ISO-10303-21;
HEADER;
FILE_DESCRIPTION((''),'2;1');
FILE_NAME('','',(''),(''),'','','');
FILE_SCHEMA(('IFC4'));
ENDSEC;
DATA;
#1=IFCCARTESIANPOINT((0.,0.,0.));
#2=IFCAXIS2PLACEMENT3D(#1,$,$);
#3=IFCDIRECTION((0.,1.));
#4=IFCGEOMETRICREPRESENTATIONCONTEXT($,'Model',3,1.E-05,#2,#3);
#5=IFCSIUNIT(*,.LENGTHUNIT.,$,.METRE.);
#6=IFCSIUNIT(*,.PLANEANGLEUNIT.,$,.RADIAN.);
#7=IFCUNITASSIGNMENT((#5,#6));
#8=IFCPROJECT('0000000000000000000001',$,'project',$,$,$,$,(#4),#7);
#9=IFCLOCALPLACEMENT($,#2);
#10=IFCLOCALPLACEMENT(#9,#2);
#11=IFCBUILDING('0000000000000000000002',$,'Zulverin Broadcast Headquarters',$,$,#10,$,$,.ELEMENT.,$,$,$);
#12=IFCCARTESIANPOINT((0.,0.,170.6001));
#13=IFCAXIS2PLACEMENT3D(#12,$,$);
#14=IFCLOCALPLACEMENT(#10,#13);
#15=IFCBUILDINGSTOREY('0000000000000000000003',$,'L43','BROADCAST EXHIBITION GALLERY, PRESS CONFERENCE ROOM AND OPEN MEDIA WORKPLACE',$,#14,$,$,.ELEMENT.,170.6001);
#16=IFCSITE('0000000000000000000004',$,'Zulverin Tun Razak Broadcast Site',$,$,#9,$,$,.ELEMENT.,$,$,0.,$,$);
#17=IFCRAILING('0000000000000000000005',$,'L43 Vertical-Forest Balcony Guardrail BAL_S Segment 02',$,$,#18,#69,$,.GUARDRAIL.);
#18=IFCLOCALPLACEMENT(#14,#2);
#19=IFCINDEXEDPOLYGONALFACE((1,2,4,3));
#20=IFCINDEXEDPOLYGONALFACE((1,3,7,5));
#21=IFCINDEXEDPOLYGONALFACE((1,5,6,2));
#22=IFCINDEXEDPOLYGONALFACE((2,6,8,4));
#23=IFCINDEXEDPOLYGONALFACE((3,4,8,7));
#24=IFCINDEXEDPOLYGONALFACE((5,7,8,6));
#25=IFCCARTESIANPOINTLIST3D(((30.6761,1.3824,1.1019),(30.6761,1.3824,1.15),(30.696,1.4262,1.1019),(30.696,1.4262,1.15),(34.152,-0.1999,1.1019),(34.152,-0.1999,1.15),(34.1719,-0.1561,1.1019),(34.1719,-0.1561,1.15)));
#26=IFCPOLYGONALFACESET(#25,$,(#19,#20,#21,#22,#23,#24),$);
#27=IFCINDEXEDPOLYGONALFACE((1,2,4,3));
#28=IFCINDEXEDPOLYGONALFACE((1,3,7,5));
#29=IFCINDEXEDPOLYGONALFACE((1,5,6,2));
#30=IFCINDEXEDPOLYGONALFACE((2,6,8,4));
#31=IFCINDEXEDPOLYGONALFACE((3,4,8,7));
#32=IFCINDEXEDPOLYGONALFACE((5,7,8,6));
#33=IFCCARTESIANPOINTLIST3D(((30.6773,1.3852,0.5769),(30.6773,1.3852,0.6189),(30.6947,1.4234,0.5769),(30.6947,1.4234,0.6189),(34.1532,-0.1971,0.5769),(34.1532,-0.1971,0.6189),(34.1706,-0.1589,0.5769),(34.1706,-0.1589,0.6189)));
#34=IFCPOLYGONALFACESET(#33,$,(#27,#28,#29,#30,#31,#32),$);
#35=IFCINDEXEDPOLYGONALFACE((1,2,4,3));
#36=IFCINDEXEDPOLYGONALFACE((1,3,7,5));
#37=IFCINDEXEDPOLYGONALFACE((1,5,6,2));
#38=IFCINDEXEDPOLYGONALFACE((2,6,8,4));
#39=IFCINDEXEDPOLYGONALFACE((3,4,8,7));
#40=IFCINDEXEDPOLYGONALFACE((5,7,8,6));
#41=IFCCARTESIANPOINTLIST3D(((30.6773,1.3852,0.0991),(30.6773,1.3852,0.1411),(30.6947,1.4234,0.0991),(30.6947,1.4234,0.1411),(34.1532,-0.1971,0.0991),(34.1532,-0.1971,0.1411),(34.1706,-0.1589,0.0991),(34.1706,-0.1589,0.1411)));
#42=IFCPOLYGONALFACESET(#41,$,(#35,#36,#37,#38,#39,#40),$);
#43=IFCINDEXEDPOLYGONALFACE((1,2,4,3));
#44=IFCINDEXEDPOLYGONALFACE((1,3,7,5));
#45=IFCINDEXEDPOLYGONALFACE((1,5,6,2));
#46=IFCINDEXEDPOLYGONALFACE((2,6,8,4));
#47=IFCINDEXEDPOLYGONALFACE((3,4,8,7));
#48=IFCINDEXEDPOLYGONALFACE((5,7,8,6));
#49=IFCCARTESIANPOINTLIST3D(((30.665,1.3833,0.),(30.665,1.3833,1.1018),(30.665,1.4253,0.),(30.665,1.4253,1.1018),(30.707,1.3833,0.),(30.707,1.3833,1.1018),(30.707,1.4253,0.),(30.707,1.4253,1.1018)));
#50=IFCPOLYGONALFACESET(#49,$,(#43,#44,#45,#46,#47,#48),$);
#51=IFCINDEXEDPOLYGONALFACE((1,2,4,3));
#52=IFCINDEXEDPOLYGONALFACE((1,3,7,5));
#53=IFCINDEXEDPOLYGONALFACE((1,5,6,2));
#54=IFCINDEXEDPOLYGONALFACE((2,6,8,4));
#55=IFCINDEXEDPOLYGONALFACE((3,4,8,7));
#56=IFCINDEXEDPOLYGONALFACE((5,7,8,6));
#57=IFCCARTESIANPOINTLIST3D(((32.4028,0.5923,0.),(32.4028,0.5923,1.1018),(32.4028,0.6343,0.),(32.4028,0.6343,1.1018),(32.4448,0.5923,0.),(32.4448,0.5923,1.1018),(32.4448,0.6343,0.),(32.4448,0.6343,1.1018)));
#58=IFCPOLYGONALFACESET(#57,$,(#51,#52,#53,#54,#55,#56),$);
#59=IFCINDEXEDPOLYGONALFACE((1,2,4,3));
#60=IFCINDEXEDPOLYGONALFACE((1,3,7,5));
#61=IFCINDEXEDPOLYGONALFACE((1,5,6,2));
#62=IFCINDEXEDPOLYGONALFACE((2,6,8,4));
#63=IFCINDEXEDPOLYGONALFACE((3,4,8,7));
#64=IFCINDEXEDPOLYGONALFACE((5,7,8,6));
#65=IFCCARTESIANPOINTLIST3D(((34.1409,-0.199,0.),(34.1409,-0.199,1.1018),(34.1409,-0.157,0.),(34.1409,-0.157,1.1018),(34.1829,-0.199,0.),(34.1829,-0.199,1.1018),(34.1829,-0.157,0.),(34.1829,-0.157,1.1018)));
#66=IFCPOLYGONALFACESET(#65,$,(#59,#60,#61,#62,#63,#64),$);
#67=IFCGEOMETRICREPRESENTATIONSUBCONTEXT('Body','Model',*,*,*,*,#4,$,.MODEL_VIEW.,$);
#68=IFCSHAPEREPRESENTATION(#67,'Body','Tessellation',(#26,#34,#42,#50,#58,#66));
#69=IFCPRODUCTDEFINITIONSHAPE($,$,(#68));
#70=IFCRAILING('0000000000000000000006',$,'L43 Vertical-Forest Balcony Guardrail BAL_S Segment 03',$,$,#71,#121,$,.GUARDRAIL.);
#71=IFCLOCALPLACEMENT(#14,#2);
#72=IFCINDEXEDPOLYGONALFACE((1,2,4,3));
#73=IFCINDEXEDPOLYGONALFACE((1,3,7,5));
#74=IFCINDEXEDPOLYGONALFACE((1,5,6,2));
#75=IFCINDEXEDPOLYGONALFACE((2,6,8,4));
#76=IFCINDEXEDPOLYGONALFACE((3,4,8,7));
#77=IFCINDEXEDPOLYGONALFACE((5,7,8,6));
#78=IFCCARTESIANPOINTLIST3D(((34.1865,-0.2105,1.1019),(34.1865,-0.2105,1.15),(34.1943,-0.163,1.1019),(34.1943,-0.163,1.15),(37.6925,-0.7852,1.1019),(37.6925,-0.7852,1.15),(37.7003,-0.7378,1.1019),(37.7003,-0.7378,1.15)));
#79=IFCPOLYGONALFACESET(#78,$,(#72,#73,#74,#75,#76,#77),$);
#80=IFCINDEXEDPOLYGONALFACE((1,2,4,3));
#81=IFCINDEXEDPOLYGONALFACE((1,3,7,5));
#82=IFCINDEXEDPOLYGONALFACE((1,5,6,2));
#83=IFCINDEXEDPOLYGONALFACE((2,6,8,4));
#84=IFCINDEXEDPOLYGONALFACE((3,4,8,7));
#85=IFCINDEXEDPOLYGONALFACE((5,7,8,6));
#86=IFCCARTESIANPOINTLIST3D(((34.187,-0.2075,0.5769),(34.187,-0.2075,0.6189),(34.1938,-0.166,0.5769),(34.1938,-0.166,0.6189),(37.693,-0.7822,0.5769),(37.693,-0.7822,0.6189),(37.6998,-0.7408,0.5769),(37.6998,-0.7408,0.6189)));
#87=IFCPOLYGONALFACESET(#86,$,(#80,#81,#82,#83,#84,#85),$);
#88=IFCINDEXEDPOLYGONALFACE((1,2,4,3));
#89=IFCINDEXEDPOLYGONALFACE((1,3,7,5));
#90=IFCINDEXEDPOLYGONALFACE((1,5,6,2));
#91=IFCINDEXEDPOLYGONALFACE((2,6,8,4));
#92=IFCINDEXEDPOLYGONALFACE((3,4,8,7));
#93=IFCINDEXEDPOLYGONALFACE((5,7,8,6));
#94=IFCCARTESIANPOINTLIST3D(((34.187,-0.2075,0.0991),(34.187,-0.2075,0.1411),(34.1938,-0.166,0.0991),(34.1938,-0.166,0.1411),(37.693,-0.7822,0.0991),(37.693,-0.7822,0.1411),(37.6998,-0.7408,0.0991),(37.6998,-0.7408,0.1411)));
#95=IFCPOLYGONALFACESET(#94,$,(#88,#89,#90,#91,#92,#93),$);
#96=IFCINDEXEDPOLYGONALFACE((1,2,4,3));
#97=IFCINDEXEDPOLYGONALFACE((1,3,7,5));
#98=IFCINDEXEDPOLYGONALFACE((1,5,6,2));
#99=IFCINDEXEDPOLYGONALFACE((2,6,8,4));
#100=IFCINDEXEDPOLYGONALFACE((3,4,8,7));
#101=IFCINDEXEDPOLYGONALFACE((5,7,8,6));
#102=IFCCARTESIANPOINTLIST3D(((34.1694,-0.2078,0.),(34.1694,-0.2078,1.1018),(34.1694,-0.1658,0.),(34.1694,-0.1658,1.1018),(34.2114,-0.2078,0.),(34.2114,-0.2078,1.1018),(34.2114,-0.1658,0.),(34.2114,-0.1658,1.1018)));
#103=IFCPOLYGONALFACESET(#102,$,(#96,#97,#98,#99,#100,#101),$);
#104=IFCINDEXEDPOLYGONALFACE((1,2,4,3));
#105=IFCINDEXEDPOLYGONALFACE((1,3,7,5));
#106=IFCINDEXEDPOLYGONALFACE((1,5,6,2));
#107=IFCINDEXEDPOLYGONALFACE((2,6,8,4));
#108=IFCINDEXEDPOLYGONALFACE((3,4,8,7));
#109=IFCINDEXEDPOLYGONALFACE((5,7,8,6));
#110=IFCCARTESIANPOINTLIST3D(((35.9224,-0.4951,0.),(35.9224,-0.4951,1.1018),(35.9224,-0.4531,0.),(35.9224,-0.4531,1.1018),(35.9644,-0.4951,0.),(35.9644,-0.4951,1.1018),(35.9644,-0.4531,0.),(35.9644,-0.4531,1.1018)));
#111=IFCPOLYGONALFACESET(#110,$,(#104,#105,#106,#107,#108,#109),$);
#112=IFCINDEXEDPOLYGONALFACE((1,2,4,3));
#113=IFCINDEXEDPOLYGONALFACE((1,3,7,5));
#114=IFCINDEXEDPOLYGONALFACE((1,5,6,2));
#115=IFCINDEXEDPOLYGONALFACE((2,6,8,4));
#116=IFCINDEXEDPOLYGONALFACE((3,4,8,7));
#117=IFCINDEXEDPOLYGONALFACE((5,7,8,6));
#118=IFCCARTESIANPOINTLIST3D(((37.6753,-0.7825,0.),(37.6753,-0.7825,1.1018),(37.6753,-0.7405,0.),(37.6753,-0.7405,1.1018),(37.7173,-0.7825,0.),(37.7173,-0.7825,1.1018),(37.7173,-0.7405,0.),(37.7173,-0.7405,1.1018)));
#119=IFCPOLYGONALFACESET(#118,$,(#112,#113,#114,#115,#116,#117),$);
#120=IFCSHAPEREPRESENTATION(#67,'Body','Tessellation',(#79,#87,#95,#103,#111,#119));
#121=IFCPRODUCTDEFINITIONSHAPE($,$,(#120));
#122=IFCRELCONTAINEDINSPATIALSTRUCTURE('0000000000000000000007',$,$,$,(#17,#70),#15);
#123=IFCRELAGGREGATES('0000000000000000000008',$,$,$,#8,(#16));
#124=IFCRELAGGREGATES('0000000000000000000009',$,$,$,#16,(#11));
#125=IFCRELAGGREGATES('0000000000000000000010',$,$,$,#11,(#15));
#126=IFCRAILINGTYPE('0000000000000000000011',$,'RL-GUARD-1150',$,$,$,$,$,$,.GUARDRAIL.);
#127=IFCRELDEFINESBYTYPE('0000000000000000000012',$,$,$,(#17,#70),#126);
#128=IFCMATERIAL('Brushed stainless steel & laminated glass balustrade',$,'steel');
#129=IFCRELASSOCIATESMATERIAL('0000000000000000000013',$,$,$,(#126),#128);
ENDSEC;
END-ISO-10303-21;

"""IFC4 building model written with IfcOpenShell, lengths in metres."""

from ifc_helpers import new_model, si_unit, direction, frame, origin, origin_2d, place, context, subcontext, project, spatial, rectangle, extrude, material, type_object, element, save


model = new_model("IFC4")

# Units and contexts
model_context = context("Model", 3, precision=1e-05, world=origin(), true_north=direction((0.0, 1.0)))
body_context = subcontext(model_context, "Body", "Model", "MODEL_VIEW")
ifc_project = project(units=[si_unit("LENGTHUNIT", "METRE"), si_unit("PLANEANGLEUNIT", "RADIAN")], contexts=[model_context])

# Site, building, storey
site_placement = place(None, origin())
site = spatial("IfcSite", under=ifc_project, at=site_placement, Name="Zulverin Tun Razak Broadcast Site", CompositionType="ELEMENT", RefElevation=0.0)
building_placement = place(site_placement, origin())
building = spatial("IfcBuilding", under=site, at=building_placement, Name="Zulverin Broadcast Headquarters", CompositionType="ELEMENT")
storey_placement = place(building_placement, frame((0.0, 0.0, 170.6001)))
storey = spatial("IfcBuildingStorey", under=building, at=storey_placement, Name="L43", Description="BROADCAST EXHIBITION GALLERY, PRESS CONFERENCE ROOM AND OPEN MEDIA WORKPLACE", CompositionType="ELEMENT", Elevation=170.6001)

# Railings
ifc_material_1 = material(Name="Brushed stainless steel & laminated glass balustrade", Category="steel")
railing_type = type_object("IfcRailingType", Name="RL-GUARD-1150", PredefinedType="GUARDRAIL", material=ifc_material_1)
railing_1_placement = place(storey_placement, frame((30.686, 1.4043, 0.0)))
element("IfcRailing", 1, at=railing_1_placement, inside=storey, type_object=railing_type, Name="L43 Vertical-Forest Balcony Guardrail BAL_S Segment 02", PredefinedType="GUARDRAIL", context=body_context, shape_type="SweptSolid", body=[
    extrude(rectangle(XDim=0.0481, YDim=0.0481, at=origin_2d()), frame((0.0, 0.0, 1.126), z_axis=(0.910134, -0.414313, 0.0), x_axis=(0.414313, 0.910134, 0.0)), (0.0, 0.0, 1.0), 3.8191),
    extrude(rectangle(XDim=0.042, YDim=0.042, at=origin_2d()), frame((0.0, 0.0, 0.5979), z_axis=(0.910134, -0.414313, 0.0), x_axis=(0.414313, 0.910134, 0.0)), (0.0, 0.0, 1.0), 3.8191),
    extrude(rectangle(XDim=0.042, YDim=0.042, at=origin_2d()), frame((0.0, 0.0, 0.1201), z_axis=(0.910134, -0.414313, 0.0), x_axis=(0.414313, 0.910134, 0.0)), (0.0, 0.0, 1.0), 3.8191),
    extrude(rectangle(XDim=0.042, YDim=0.042, at=origin_2d()), origin(), (0.0, 0.0, 1.0), 1.1018),
    extrude(rectangle(XDim=0.042, YDim=0.042, at=origin_2d()), frame((1.7378, -0.791, 0.0)), (0.0, 0.0, 1.0), 1.1018),
    extrude(rectangle(XDim=0.042, YDim=0.042, at=origin_2d()), frame((3.4758, -1.5823, 0.0)), (0.0, 0.0, 1.0), 1.1018),
])
railing_2_placement = place(storey_placement, frame((34.1904, -0.1868, 0.0)))
element("IfcRailing", 2, at=railing_2_placement, inside=storey, type_object=railing_type, Name="L43 Vertical-Forest Balcony Guardrail BAL_S Segment 03", PredefinedType="GUARDRAIL", context=body_context, shape_type="SweptSolid", body=[
    extrude(rectangle(XDim=0.0481, YDim=0.0481, at=origin_2d()), frame((0.0, 0.0, 1.126), z_axis=(0.986829, -0.161768, 0.0), x_axis=(0.161768, 0.986829, 0.0)), (0.0, 0.0, 1.0), 3.5527),
    extrude(rectangle(XDim=0.042, YDim=0.042, at=origin_2d()), frame((0.0, 0.0, 0.5979), z_axis=(0.986829, -0.161768, 0.0), x_axis=(0.161768, 0.986829, 0.0)), (0.0, 0.0, 1.0), 3.5527),
    extrude(rectangle(XDim=0.042, YDim=0.042, at=origin_2d()), frame((0.0, 0.0, 0.1201), z_axis=(0.986829, -0.161768, 0.0), x_axis=(0.161768, 0.986829, 0.0)), (0.0, 0.0, 1.0), 3.5527),
    extrude(rectangle(XDim=0.042, YDim=0.042, at=origin_2d()), origin(), (0.0, 0.0, 1.0), 1.1018),
    extrude(rectangle(XDim=0.042, YDim=0.042, at=origin_2d()), frame((1.7529, -0.2874, 0.0)), (0.0, 0.0, 1.0), 1.1018),
    extrude(rectangle(XDim=0.042, YDim=0.042, at=origin_2d()), frame((3.5059, -0.5747, 0.0)), (0.0, 0.0, 1.0), 1.1018),
])

save(model, "model.ifc")
